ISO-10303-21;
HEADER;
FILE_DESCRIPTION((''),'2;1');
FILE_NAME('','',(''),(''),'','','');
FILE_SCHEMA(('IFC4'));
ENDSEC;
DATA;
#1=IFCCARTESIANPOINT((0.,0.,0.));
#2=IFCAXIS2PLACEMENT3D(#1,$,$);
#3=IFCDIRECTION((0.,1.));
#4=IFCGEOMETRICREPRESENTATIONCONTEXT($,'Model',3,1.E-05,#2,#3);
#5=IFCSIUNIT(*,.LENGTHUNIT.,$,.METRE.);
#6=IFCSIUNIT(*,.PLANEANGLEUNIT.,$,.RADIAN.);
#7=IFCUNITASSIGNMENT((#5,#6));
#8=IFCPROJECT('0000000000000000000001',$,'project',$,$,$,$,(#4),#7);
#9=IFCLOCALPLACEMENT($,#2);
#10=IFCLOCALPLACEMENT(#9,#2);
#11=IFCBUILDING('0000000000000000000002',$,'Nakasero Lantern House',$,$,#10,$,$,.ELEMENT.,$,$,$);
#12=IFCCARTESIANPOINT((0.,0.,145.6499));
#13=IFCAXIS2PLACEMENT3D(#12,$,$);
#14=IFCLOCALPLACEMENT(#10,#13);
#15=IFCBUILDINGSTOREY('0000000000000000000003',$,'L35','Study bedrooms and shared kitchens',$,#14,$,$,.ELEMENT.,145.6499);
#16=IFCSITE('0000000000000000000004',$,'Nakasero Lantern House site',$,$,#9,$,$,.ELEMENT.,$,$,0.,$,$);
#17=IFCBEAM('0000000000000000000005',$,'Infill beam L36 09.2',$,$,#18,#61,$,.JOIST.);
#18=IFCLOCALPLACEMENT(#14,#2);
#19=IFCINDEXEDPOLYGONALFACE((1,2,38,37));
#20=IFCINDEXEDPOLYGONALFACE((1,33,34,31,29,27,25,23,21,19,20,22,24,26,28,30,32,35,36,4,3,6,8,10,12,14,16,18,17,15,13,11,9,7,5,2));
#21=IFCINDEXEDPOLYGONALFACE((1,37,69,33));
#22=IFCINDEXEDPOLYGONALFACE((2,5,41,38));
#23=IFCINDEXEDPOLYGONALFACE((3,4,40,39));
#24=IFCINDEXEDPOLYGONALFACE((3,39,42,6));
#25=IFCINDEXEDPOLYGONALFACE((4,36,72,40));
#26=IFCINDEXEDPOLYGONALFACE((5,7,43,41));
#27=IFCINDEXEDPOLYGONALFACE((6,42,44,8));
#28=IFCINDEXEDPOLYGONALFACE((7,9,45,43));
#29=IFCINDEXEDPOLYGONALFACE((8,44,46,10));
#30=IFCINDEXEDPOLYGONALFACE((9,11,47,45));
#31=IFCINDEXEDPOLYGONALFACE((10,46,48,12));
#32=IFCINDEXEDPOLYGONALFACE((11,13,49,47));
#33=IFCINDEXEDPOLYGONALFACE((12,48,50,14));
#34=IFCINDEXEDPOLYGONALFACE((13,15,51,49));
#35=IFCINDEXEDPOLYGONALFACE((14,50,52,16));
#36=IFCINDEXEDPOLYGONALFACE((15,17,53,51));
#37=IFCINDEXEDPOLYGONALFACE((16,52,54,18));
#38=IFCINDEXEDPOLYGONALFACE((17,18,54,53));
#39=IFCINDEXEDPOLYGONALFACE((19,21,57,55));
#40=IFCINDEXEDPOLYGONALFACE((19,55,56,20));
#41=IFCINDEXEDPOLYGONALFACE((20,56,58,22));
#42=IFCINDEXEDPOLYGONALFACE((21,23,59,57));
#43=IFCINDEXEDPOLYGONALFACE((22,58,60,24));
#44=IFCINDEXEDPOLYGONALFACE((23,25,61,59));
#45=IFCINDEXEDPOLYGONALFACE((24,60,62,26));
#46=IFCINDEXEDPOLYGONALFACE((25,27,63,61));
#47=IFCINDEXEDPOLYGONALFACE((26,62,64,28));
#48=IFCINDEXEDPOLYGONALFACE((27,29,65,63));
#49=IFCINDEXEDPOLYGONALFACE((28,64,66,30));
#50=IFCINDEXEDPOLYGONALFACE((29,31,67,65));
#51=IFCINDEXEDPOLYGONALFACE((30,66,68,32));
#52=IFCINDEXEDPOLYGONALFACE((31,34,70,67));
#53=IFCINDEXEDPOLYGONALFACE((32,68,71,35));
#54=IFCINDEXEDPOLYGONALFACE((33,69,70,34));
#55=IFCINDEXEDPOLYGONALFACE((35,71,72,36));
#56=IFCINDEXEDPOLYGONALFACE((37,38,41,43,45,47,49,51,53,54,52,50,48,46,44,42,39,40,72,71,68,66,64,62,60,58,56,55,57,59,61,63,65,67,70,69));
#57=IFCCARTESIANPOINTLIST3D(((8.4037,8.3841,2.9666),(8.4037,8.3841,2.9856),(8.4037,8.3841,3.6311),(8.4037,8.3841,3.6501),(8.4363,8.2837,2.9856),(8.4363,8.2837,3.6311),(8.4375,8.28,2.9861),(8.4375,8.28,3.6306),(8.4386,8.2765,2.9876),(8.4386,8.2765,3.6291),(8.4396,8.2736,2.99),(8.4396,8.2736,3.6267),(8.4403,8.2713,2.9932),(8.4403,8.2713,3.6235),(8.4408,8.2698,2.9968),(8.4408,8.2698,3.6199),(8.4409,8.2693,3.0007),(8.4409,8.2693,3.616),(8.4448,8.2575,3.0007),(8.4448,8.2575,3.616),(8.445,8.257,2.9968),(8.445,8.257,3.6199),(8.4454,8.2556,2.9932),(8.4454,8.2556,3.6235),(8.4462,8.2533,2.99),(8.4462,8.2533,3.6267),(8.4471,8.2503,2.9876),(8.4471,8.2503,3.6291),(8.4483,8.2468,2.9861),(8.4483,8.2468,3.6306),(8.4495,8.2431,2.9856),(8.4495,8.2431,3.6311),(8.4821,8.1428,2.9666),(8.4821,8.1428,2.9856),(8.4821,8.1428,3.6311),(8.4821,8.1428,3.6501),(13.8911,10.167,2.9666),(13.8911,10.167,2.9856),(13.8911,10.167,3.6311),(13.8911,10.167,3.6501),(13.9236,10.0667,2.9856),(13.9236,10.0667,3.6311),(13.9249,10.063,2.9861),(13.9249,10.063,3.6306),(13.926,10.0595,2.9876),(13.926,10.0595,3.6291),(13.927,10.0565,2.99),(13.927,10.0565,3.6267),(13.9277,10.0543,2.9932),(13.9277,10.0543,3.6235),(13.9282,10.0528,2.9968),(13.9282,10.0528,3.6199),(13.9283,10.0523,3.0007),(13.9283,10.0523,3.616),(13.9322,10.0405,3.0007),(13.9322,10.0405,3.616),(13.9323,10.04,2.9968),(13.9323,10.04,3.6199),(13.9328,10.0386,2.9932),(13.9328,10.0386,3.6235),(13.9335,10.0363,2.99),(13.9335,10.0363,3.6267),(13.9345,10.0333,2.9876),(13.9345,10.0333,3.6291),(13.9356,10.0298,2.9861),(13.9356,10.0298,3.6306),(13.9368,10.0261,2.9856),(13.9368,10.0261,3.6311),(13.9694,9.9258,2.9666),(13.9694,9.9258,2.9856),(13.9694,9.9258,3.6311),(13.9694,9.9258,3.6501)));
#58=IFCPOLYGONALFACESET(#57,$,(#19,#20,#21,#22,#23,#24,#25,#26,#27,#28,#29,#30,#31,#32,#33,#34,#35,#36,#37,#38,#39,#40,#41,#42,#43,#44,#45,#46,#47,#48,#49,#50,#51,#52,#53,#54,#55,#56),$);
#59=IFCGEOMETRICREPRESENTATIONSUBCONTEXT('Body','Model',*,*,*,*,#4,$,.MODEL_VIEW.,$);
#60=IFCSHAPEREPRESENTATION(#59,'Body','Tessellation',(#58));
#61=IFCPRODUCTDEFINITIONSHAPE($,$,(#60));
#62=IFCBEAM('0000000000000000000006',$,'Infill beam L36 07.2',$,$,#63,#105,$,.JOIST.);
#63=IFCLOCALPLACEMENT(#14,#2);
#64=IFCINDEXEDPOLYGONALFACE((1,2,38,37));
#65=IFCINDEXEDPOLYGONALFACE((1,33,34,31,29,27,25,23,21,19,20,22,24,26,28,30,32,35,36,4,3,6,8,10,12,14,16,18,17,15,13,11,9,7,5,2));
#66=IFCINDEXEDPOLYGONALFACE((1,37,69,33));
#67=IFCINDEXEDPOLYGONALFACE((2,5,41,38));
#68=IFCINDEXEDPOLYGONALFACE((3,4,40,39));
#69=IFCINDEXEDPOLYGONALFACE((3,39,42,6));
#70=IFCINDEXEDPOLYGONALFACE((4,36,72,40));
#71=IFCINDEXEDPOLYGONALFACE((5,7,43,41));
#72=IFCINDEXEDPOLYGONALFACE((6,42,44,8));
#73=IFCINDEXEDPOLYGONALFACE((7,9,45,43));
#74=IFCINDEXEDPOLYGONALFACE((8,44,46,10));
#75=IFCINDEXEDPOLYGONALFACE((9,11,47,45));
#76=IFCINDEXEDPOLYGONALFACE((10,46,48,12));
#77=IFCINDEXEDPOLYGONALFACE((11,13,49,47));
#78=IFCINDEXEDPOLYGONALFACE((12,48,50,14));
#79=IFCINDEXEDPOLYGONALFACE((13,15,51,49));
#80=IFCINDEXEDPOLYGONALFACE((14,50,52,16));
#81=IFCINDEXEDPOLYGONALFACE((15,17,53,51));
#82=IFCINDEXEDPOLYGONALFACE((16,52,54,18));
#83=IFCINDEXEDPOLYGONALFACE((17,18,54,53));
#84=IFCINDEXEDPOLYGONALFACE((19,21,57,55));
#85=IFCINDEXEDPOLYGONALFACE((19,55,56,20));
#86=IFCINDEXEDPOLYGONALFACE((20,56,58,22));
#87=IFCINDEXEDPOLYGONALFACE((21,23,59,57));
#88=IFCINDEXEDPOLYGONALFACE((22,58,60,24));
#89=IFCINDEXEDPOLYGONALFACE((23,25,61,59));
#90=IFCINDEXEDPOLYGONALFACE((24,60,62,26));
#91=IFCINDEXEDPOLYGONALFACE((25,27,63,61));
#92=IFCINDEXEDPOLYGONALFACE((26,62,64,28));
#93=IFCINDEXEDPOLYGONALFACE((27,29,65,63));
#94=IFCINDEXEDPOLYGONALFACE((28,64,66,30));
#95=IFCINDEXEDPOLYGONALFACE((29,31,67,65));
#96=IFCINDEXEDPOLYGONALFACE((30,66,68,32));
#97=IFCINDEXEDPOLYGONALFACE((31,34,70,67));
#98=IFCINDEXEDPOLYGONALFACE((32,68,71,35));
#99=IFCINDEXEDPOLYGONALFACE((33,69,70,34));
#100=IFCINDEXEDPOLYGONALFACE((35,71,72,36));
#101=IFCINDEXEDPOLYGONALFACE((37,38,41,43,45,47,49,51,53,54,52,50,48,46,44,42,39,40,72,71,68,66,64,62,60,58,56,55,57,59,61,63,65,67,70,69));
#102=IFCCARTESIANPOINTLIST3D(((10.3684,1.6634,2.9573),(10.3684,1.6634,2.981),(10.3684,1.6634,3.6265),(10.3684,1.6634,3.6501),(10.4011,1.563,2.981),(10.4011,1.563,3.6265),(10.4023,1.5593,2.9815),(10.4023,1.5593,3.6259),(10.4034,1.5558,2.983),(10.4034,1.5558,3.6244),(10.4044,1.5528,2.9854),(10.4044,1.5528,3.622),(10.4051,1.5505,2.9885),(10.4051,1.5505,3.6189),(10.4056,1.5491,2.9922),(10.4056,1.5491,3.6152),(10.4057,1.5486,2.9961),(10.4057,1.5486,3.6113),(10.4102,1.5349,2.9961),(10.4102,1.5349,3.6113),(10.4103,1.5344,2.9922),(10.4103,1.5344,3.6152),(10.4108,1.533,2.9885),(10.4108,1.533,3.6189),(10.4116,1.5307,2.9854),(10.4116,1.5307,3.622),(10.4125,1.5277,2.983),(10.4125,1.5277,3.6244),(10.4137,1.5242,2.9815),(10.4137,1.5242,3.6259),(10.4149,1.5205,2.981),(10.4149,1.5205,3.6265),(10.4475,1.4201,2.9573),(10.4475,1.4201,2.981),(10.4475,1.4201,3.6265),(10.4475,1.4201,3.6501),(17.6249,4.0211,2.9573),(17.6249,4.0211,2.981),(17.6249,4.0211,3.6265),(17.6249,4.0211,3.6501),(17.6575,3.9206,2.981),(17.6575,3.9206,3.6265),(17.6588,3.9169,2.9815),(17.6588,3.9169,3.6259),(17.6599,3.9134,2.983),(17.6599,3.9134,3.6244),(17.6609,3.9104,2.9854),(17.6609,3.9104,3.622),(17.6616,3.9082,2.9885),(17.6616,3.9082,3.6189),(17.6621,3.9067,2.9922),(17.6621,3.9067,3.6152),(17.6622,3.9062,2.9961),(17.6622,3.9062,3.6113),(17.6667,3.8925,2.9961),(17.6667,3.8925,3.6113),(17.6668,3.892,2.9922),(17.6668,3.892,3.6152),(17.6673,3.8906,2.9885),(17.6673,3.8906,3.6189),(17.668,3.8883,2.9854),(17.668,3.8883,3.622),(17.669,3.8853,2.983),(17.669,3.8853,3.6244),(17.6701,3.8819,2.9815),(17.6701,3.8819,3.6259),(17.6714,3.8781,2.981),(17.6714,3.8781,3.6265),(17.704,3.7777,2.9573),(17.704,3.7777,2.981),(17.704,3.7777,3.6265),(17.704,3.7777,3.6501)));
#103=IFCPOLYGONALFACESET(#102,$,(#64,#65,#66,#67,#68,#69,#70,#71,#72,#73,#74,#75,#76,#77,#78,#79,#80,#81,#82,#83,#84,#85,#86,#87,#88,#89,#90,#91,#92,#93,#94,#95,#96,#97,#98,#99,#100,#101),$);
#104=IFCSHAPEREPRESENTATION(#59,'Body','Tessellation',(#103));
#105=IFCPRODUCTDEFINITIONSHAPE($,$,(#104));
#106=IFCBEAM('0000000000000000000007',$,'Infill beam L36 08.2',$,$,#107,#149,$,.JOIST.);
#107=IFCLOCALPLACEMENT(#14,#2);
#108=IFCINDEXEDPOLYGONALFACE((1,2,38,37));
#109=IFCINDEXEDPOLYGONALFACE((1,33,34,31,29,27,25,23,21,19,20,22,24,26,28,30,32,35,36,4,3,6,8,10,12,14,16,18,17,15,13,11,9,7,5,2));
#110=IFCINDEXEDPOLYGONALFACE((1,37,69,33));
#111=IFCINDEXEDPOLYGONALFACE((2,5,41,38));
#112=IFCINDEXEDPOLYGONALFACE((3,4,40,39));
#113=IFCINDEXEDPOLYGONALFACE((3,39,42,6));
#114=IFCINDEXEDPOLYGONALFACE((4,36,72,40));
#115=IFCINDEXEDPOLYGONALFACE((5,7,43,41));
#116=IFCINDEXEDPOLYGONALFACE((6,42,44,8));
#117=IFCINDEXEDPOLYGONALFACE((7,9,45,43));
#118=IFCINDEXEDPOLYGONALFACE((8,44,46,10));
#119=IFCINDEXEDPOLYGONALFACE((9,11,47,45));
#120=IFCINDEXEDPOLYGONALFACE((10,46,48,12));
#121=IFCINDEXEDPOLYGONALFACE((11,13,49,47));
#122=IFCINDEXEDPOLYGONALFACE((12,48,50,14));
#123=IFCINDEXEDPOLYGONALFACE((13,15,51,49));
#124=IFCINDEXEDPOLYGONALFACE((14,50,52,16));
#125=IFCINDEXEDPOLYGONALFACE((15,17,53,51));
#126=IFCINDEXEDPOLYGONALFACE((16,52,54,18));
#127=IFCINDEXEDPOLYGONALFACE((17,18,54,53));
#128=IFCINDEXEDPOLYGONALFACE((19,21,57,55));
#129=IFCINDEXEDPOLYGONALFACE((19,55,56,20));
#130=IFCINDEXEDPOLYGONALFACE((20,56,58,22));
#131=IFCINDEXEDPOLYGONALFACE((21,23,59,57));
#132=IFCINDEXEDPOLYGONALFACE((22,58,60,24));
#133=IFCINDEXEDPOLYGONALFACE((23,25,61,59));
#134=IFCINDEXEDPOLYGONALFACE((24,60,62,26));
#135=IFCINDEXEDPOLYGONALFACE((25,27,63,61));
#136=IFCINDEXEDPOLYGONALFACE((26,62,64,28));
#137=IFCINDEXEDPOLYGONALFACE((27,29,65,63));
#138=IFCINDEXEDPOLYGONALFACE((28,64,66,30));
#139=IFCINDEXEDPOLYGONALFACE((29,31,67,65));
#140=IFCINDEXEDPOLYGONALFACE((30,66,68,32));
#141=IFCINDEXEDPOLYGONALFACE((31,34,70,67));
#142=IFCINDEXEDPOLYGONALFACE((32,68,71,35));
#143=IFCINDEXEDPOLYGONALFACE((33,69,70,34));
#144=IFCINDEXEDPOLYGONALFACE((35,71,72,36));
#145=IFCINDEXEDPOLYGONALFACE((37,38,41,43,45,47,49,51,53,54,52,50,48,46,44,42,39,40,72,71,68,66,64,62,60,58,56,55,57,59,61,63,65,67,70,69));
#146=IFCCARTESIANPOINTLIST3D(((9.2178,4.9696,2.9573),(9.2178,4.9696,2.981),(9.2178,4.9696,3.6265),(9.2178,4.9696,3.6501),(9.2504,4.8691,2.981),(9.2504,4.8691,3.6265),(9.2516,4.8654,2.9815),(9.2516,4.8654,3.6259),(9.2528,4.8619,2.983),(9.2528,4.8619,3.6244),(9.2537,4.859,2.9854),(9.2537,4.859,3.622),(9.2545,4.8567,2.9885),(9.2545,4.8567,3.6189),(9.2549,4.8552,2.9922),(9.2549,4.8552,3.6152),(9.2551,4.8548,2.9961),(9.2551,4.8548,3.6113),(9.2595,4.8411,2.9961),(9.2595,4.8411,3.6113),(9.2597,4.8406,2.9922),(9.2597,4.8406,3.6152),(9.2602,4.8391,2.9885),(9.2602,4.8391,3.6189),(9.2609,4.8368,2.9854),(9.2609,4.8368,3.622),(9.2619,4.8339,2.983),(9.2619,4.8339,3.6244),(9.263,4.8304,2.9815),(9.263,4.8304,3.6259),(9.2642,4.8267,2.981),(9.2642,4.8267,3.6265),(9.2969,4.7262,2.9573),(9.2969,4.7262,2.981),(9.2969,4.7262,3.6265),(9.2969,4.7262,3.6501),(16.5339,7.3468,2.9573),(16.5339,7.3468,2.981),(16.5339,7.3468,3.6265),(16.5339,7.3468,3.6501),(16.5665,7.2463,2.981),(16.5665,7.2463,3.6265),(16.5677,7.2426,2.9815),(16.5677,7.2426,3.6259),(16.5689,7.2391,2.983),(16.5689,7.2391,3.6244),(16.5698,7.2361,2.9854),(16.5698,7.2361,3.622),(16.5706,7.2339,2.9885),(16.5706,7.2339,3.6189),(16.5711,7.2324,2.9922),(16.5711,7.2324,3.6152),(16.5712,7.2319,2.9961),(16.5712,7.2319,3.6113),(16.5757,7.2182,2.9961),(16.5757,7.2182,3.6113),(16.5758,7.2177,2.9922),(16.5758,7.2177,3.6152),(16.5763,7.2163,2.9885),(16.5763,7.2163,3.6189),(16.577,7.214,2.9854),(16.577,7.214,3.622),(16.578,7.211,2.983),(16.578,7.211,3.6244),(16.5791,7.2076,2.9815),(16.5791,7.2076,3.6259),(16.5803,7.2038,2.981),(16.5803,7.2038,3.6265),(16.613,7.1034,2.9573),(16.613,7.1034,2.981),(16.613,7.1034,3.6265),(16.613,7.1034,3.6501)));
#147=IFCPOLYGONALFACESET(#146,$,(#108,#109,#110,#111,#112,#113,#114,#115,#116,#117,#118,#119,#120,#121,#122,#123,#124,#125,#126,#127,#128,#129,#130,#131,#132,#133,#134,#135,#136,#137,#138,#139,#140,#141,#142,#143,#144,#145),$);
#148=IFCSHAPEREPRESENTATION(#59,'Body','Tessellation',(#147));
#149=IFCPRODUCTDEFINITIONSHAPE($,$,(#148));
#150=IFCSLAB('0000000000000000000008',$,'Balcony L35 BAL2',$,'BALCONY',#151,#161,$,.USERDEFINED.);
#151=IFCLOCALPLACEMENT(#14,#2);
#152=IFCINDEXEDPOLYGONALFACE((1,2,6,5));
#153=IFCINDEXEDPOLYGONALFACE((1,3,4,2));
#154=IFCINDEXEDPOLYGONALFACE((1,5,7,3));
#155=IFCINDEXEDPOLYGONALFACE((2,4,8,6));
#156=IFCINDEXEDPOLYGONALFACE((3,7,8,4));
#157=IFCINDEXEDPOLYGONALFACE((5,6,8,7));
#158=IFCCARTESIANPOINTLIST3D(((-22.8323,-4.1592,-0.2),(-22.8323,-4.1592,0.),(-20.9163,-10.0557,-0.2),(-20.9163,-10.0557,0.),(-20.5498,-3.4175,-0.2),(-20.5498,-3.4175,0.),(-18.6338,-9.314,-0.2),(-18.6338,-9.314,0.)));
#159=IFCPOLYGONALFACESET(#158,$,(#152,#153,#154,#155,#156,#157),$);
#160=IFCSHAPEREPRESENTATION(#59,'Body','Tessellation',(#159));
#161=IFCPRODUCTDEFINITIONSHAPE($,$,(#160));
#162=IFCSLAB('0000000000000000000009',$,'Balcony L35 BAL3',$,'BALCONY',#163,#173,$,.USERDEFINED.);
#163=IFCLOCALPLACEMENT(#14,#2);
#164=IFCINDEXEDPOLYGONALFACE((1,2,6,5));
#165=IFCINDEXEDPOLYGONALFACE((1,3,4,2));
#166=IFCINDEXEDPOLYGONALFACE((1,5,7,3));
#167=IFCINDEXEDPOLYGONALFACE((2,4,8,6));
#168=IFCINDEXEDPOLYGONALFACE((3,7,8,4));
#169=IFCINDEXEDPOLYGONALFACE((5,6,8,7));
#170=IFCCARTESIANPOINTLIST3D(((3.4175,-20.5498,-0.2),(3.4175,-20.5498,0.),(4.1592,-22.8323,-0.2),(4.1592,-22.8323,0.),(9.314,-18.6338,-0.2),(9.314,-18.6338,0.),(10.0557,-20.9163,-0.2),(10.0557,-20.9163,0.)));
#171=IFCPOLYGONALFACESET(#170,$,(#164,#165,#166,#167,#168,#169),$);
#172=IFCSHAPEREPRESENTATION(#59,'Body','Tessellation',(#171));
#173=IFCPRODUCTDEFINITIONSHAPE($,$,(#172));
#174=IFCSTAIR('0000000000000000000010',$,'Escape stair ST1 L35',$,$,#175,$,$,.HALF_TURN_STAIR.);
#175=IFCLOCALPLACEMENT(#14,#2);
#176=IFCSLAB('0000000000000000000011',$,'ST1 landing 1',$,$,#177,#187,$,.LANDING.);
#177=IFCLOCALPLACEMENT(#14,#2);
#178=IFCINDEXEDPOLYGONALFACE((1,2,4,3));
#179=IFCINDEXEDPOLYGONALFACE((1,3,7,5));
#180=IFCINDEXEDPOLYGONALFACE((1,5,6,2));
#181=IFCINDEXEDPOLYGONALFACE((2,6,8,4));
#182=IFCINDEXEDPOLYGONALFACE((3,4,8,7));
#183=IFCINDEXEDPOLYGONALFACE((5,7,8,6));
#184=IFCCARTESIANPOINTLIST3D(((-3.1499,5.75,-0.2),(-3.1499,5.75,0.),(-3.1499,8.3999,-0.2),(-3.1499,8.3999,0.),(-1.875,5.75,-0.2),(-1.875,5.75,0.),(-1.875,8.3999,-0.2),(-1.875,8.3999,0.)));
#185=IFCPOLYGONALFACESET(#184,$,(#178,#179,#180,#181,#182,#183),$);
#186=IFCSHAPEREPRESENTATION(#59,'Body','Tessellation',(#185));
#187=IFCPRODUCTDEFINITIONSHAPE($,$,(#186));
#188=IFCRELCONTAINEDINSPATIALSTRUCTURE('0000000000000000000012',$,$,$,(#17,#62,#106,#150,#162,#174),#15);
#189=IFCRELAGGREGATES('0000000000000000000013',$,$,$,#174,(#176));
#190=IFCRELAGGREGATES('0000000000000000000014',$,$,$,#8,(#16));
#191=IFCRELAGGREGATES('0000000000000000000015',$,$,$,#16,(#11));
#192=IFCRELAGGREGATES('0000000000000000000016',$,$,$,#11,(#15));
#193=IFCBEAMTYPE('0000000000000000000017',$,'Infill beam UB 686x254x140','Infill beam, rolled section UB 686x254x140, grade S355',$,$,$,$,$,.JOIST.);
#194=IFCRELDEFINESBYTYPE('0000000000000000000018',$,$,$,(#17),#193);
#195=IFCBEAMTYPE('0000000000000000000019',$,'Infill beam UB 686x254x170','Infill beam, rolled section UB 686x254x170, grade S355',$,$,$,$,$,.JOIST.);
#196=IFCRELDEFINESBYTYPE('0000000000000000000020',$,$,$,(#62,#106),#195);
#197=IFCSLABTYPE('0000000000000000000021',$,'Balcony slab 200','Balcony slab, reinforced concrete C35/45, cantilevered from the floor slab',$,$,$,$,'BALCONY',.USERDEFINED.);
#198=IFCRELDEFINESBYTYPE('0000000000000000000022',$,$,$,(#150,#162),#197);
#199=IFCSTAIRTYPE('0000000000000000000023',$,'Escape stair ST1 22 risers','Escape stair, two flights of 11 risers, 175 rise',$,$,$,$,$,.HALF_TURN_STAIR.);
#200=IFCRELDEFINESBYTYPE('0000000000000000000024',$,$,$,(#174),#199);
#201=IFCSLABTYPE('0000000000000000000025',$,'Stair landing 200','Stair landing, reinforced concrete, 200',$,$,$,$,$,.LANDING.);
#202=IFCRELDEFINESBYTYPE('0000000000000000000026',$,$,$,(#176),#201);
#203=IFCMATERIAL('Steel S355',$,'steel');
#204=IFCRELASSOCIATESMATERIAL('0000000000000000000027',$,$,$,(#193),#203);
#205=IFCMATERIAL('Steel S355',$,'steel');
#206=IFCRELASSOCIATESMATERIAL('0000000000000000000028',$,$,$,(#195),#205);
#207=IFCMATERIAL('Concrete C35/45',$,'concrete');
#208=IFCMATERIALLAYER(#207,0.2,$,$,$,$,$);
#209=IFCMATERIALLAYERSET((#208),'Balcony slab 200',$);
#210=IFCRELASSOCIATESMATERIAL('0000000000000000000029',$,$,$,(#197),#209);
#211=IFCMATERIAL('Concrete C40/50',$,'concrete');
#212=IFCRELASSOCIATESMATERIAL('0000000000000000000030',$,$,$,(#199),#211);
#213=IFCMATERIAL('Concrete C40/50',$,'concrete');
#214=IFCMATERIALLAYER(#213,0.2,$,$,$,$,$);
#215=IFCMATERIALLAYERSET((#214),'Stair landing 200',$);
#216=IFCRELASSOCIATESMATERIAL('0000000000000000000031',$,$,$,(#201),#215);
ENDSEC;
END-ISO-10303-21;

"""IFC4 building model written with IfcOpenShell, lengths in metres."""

from ifc_helpers import new_model, si_unit, direction, frame, origin, origin_2d, place, context, subcontext, project, spatial, polyline, i_section, outline, extrude, material, layer, layer_set, material_profile, profile_set, type_object, element, aggregate, save


model = new_model("IFC4")

# Units and contexts
model_context = context("Model", 3, precision=1e-05, world=origin(), true_north=direction((0.0, 1.0)))
body_context = subcontext(model_context, "Body", "Model", "MODEL_VIEW")
ifc_project = project(units=[si_unit("LENGTHUNIT", "METRE"), si_unit("PLANEANGLEUNIT", "RADIAN")], contexts=[model_context])

# Site, building, storey
site_placement = place(None, origin())
site = spatial("IfcSite", under=ifc_project, at=site_placement, Name="Nakasero Lantern House site", CompositionType="ELEMENT", RefElevation=0.0)
building_placement = place(site_placement, origin())
building = spatial("IfcBuilding", under=site, at=building_placement, Name="Nakasero Lantern House", CompositionType="ELEMENT")
storey_placement = place(building_placement, frame((0.0, 0.0, 145.6499)))
storey = spatial("IfcBuildingStorey", under=building, at=storey_placement, Name="L35", Description="Study bedrooms and shared kitchens", CompositionType="ELEMENT", Elevation=145.6499)

# Beams
ifc_material_1 = material(Name="Steel S355", Category="steel")
ifc_material_profile_1 = material_profile(ifc_material_1, i_section(OverallWidth=0.2537, OverallDepth=0.6836, WebThickness=0.0125, FlangeThickness=0.019, FilletRadius=0.0151, at=origin_2d()), Name="UB 686x254x140")
ifc_profile_set_1 = profile_set([ifc_material_profile_1], Name="Steel S355")
beam_type_1 = type_object("IfcBeamType", Name="Infill beam UB 686x254x140", Description="Infill beam, rolled section UB 686x254x140, grade S355", PredefinedType="JOIST", material=ifc_profile_set_1)
beam_1_placement = place(storey_placement, frame((8.4429, 8.2634, 3.3083), z_axis=(0.951055, 0.309021, 0.0), x_axis=(-0.309021, 0.951055, 0.0)))
element("IfcBeam", 1, at=beam_1_placement, inside=storey, type_object=beam_type_1, Name="Infill beam L36 09.2", PredefinedType="JOIST", context=body_context, shape_type="SweptSolid", body=[
    extrude(i_section(OverallWidth=0.2537, OverallDepth=0.6836, WebThickness=0.0125, FlangeThickness=0.019, FilletRadius=0.0151, at=origin_2d()), origin(), (0.0, 0.0, 1.0), 5.7698),
])
ifc_material_2 = material(Name="Steel S355", Category="steel")
ifc_material_profile_2 = material_profile(ifc_material_2, i_section(OverallWidth=0.2559, OverallDepth=0.6929, WebThickness=0.0144, FlangeThickness=0.0237, FilletRadius=0.0151, at=origin_2d()), Name="UB 686x254x170")
ifc_profile_set_2 = profile_set([ifc_material_profile_2], Name="Steel S355")
beam_type_2 = type_object("IfcBeamType", Name="Infill beam UB 686x254x170", Description="Infill beam, rolled section UB 686x254x170, grade S355", PredefinedType="JOIST", material=ifc_profile_set_2)
beam_2_placement = place(storey_placement, frame((10.408, 1.5417, 3.3037), z_axis=(0.951062, 0.309, 0.0), x_axis=(-0.309, 0.951062, 0.0)))
element("IfcBeam", 2, at=beam_2_placement, inside=storey, type_object=beam_type_2, Name="Infill beam L36 07.2", PredefinedType="JOIST", context=body_context, shape_type="SweptSolid", body=[
    extrude(i_section(OverallWidth=0.2559, OverallDepth=0.6929, WebThickness=0.0144, FlangeThickness=0.0237, FilletRadius=0.0151, at=origin_2d()), origin(), (0.0, 0.0, 1.0), 7.6299),
])
beam_3_placement = place(storey_placement, frame((9.2573, 4.8479, 3.3037), z_axis=(0.951055, 0.309021, 0.0), x_axis=(-0.309021, 0.951055, 0.0)))
element("IfcBeam", 3, at=beam_3_placement, inside=storey, type_object=beam_type_2, Name="Infill beam L36 08.2", PredefinedType="JOIST", context=body_context, shape_type="SweptSolid", body=[
    extrude(i_section(OverallWidth=0.2559, OverallDepth=0.6929, WebThickness=0.0144, FlangeThickness=0.0237, FilletRadius=0.0151, at=origin_2d()), origin(), (0.0, 0.0, 1.0), 7.6926),
])

# Slabs
ifc_material_3 = material(Name="Concrete C35/45", Category="concrete")
ifc_layer_1 = layer(ifc_material_3, 0.2)
ifc_layer_set_1 = layer_set([ifc_layer_1], Name="Balcony slab 200")
slab_type_1 = type_object("IfcSlabType", Name="Balcony slab 200", Description="Balcony slab, reinforced concrete C35/45, cantilevered from the floor slab", ElementType="BALCONY", PredefinedType="USERDEFINED", material=ifc_layer_set_1)
slab_1_placement = place(storey_placement, frame((0.0, 0.0, -0.2)))
element("IfcSlab", 4, at=slab_1_placement, inside=storey, type_object=slab_type_1, Name="Balcony L35 BAL2", ObjectType="BALCONY", PredefinedType="USERDEFINED", context=body_context, shape_type="SweptSolid", body=[
    extrude(outline(polyline([(-20.5498, -3.4175), (-22.8323, -4.1592), (-20.9163, -10.0557), (-18.6338, -9.314), (-20.5498, -3.4175)])), origin(), (0.0, 0.0, 1.0), 0.2),
])
slab_2_placement = place(storey_placement, frame((0.0, 0.0, -0.2)))
element("IfcSlab", 5, at=slab_2_placement, inside=storey, type_object=slab_type_1, Name="Balcony L35 BAL3", ObjectType="BALCONY", PredefinedType="USERDEFINED", context=body_context, shape_type="SweptSolid", body=[
    extrude(outline(polyline([(3.4175, -20.5498), (4.1592, -22.8323), (10.0557, -20.9163), (9.314, -18.6338), (3.4175, -20.5498)])), origin(), (0.0, 0.0, 1.0), 0.2),
])

# Stair, slab
ifc_material_4 = material(Name="Concrete C40/50", Category="concrete")
stair_type_1 = type_object("IfcStairType", Name="Escape stair ST1 22 risers", Description="Escape stair, two flights of 11 risers, 175 rise", PredefinedType="HALF_TURN_STAIR", material=ifc_material_4)
stair_1_placement = place(storey_placement, origin())
stair_1 = element("IfcStair", 6, at=stair_1_placement, inside=storey, type_object=stair_type_1, Name="Escape stair ST1 L35", PredefinedType="HALF_TURN_STAIR")
ifc_material_5 = material(Name="Concrete C40/50", Category="concrete")
ifc_layer_2 = layer(ifc_material_5, 0.2)
ifc_layer_set_2 = layer_set([ifc_layer_2], Name="Stair landing 200")
slab_type_2 = type_object("IfcSlabType", Name="Stair landing 200", Description="Stair landing, reinforced concrete, 200", PredefinedType="LANDING", material=ifc_layer_set_2)
slab_3_placement = place(storey_placement, frame((0.0, 0.0, -0.2)))
slab_3 = element("IfcSlab", 7, at=slab_3_placement, type_object=slab_type_2, Name="ST1 landing 1", PredefinedType="LANDING", context=body_context, shape_type="SweptSolid", body=[
    extrude(outline(polyline([(-3.1499, 5.75), (-1.875, 5.75), (-1.875, 8.3999), (-3.1499, 8.3999), (-3.1499, 5.75)])), origin(), (0.0, 0.0, 1.0), 0.2),
])

aggregate(stair_1, [slab_3])

save(model, "model.ifc")
